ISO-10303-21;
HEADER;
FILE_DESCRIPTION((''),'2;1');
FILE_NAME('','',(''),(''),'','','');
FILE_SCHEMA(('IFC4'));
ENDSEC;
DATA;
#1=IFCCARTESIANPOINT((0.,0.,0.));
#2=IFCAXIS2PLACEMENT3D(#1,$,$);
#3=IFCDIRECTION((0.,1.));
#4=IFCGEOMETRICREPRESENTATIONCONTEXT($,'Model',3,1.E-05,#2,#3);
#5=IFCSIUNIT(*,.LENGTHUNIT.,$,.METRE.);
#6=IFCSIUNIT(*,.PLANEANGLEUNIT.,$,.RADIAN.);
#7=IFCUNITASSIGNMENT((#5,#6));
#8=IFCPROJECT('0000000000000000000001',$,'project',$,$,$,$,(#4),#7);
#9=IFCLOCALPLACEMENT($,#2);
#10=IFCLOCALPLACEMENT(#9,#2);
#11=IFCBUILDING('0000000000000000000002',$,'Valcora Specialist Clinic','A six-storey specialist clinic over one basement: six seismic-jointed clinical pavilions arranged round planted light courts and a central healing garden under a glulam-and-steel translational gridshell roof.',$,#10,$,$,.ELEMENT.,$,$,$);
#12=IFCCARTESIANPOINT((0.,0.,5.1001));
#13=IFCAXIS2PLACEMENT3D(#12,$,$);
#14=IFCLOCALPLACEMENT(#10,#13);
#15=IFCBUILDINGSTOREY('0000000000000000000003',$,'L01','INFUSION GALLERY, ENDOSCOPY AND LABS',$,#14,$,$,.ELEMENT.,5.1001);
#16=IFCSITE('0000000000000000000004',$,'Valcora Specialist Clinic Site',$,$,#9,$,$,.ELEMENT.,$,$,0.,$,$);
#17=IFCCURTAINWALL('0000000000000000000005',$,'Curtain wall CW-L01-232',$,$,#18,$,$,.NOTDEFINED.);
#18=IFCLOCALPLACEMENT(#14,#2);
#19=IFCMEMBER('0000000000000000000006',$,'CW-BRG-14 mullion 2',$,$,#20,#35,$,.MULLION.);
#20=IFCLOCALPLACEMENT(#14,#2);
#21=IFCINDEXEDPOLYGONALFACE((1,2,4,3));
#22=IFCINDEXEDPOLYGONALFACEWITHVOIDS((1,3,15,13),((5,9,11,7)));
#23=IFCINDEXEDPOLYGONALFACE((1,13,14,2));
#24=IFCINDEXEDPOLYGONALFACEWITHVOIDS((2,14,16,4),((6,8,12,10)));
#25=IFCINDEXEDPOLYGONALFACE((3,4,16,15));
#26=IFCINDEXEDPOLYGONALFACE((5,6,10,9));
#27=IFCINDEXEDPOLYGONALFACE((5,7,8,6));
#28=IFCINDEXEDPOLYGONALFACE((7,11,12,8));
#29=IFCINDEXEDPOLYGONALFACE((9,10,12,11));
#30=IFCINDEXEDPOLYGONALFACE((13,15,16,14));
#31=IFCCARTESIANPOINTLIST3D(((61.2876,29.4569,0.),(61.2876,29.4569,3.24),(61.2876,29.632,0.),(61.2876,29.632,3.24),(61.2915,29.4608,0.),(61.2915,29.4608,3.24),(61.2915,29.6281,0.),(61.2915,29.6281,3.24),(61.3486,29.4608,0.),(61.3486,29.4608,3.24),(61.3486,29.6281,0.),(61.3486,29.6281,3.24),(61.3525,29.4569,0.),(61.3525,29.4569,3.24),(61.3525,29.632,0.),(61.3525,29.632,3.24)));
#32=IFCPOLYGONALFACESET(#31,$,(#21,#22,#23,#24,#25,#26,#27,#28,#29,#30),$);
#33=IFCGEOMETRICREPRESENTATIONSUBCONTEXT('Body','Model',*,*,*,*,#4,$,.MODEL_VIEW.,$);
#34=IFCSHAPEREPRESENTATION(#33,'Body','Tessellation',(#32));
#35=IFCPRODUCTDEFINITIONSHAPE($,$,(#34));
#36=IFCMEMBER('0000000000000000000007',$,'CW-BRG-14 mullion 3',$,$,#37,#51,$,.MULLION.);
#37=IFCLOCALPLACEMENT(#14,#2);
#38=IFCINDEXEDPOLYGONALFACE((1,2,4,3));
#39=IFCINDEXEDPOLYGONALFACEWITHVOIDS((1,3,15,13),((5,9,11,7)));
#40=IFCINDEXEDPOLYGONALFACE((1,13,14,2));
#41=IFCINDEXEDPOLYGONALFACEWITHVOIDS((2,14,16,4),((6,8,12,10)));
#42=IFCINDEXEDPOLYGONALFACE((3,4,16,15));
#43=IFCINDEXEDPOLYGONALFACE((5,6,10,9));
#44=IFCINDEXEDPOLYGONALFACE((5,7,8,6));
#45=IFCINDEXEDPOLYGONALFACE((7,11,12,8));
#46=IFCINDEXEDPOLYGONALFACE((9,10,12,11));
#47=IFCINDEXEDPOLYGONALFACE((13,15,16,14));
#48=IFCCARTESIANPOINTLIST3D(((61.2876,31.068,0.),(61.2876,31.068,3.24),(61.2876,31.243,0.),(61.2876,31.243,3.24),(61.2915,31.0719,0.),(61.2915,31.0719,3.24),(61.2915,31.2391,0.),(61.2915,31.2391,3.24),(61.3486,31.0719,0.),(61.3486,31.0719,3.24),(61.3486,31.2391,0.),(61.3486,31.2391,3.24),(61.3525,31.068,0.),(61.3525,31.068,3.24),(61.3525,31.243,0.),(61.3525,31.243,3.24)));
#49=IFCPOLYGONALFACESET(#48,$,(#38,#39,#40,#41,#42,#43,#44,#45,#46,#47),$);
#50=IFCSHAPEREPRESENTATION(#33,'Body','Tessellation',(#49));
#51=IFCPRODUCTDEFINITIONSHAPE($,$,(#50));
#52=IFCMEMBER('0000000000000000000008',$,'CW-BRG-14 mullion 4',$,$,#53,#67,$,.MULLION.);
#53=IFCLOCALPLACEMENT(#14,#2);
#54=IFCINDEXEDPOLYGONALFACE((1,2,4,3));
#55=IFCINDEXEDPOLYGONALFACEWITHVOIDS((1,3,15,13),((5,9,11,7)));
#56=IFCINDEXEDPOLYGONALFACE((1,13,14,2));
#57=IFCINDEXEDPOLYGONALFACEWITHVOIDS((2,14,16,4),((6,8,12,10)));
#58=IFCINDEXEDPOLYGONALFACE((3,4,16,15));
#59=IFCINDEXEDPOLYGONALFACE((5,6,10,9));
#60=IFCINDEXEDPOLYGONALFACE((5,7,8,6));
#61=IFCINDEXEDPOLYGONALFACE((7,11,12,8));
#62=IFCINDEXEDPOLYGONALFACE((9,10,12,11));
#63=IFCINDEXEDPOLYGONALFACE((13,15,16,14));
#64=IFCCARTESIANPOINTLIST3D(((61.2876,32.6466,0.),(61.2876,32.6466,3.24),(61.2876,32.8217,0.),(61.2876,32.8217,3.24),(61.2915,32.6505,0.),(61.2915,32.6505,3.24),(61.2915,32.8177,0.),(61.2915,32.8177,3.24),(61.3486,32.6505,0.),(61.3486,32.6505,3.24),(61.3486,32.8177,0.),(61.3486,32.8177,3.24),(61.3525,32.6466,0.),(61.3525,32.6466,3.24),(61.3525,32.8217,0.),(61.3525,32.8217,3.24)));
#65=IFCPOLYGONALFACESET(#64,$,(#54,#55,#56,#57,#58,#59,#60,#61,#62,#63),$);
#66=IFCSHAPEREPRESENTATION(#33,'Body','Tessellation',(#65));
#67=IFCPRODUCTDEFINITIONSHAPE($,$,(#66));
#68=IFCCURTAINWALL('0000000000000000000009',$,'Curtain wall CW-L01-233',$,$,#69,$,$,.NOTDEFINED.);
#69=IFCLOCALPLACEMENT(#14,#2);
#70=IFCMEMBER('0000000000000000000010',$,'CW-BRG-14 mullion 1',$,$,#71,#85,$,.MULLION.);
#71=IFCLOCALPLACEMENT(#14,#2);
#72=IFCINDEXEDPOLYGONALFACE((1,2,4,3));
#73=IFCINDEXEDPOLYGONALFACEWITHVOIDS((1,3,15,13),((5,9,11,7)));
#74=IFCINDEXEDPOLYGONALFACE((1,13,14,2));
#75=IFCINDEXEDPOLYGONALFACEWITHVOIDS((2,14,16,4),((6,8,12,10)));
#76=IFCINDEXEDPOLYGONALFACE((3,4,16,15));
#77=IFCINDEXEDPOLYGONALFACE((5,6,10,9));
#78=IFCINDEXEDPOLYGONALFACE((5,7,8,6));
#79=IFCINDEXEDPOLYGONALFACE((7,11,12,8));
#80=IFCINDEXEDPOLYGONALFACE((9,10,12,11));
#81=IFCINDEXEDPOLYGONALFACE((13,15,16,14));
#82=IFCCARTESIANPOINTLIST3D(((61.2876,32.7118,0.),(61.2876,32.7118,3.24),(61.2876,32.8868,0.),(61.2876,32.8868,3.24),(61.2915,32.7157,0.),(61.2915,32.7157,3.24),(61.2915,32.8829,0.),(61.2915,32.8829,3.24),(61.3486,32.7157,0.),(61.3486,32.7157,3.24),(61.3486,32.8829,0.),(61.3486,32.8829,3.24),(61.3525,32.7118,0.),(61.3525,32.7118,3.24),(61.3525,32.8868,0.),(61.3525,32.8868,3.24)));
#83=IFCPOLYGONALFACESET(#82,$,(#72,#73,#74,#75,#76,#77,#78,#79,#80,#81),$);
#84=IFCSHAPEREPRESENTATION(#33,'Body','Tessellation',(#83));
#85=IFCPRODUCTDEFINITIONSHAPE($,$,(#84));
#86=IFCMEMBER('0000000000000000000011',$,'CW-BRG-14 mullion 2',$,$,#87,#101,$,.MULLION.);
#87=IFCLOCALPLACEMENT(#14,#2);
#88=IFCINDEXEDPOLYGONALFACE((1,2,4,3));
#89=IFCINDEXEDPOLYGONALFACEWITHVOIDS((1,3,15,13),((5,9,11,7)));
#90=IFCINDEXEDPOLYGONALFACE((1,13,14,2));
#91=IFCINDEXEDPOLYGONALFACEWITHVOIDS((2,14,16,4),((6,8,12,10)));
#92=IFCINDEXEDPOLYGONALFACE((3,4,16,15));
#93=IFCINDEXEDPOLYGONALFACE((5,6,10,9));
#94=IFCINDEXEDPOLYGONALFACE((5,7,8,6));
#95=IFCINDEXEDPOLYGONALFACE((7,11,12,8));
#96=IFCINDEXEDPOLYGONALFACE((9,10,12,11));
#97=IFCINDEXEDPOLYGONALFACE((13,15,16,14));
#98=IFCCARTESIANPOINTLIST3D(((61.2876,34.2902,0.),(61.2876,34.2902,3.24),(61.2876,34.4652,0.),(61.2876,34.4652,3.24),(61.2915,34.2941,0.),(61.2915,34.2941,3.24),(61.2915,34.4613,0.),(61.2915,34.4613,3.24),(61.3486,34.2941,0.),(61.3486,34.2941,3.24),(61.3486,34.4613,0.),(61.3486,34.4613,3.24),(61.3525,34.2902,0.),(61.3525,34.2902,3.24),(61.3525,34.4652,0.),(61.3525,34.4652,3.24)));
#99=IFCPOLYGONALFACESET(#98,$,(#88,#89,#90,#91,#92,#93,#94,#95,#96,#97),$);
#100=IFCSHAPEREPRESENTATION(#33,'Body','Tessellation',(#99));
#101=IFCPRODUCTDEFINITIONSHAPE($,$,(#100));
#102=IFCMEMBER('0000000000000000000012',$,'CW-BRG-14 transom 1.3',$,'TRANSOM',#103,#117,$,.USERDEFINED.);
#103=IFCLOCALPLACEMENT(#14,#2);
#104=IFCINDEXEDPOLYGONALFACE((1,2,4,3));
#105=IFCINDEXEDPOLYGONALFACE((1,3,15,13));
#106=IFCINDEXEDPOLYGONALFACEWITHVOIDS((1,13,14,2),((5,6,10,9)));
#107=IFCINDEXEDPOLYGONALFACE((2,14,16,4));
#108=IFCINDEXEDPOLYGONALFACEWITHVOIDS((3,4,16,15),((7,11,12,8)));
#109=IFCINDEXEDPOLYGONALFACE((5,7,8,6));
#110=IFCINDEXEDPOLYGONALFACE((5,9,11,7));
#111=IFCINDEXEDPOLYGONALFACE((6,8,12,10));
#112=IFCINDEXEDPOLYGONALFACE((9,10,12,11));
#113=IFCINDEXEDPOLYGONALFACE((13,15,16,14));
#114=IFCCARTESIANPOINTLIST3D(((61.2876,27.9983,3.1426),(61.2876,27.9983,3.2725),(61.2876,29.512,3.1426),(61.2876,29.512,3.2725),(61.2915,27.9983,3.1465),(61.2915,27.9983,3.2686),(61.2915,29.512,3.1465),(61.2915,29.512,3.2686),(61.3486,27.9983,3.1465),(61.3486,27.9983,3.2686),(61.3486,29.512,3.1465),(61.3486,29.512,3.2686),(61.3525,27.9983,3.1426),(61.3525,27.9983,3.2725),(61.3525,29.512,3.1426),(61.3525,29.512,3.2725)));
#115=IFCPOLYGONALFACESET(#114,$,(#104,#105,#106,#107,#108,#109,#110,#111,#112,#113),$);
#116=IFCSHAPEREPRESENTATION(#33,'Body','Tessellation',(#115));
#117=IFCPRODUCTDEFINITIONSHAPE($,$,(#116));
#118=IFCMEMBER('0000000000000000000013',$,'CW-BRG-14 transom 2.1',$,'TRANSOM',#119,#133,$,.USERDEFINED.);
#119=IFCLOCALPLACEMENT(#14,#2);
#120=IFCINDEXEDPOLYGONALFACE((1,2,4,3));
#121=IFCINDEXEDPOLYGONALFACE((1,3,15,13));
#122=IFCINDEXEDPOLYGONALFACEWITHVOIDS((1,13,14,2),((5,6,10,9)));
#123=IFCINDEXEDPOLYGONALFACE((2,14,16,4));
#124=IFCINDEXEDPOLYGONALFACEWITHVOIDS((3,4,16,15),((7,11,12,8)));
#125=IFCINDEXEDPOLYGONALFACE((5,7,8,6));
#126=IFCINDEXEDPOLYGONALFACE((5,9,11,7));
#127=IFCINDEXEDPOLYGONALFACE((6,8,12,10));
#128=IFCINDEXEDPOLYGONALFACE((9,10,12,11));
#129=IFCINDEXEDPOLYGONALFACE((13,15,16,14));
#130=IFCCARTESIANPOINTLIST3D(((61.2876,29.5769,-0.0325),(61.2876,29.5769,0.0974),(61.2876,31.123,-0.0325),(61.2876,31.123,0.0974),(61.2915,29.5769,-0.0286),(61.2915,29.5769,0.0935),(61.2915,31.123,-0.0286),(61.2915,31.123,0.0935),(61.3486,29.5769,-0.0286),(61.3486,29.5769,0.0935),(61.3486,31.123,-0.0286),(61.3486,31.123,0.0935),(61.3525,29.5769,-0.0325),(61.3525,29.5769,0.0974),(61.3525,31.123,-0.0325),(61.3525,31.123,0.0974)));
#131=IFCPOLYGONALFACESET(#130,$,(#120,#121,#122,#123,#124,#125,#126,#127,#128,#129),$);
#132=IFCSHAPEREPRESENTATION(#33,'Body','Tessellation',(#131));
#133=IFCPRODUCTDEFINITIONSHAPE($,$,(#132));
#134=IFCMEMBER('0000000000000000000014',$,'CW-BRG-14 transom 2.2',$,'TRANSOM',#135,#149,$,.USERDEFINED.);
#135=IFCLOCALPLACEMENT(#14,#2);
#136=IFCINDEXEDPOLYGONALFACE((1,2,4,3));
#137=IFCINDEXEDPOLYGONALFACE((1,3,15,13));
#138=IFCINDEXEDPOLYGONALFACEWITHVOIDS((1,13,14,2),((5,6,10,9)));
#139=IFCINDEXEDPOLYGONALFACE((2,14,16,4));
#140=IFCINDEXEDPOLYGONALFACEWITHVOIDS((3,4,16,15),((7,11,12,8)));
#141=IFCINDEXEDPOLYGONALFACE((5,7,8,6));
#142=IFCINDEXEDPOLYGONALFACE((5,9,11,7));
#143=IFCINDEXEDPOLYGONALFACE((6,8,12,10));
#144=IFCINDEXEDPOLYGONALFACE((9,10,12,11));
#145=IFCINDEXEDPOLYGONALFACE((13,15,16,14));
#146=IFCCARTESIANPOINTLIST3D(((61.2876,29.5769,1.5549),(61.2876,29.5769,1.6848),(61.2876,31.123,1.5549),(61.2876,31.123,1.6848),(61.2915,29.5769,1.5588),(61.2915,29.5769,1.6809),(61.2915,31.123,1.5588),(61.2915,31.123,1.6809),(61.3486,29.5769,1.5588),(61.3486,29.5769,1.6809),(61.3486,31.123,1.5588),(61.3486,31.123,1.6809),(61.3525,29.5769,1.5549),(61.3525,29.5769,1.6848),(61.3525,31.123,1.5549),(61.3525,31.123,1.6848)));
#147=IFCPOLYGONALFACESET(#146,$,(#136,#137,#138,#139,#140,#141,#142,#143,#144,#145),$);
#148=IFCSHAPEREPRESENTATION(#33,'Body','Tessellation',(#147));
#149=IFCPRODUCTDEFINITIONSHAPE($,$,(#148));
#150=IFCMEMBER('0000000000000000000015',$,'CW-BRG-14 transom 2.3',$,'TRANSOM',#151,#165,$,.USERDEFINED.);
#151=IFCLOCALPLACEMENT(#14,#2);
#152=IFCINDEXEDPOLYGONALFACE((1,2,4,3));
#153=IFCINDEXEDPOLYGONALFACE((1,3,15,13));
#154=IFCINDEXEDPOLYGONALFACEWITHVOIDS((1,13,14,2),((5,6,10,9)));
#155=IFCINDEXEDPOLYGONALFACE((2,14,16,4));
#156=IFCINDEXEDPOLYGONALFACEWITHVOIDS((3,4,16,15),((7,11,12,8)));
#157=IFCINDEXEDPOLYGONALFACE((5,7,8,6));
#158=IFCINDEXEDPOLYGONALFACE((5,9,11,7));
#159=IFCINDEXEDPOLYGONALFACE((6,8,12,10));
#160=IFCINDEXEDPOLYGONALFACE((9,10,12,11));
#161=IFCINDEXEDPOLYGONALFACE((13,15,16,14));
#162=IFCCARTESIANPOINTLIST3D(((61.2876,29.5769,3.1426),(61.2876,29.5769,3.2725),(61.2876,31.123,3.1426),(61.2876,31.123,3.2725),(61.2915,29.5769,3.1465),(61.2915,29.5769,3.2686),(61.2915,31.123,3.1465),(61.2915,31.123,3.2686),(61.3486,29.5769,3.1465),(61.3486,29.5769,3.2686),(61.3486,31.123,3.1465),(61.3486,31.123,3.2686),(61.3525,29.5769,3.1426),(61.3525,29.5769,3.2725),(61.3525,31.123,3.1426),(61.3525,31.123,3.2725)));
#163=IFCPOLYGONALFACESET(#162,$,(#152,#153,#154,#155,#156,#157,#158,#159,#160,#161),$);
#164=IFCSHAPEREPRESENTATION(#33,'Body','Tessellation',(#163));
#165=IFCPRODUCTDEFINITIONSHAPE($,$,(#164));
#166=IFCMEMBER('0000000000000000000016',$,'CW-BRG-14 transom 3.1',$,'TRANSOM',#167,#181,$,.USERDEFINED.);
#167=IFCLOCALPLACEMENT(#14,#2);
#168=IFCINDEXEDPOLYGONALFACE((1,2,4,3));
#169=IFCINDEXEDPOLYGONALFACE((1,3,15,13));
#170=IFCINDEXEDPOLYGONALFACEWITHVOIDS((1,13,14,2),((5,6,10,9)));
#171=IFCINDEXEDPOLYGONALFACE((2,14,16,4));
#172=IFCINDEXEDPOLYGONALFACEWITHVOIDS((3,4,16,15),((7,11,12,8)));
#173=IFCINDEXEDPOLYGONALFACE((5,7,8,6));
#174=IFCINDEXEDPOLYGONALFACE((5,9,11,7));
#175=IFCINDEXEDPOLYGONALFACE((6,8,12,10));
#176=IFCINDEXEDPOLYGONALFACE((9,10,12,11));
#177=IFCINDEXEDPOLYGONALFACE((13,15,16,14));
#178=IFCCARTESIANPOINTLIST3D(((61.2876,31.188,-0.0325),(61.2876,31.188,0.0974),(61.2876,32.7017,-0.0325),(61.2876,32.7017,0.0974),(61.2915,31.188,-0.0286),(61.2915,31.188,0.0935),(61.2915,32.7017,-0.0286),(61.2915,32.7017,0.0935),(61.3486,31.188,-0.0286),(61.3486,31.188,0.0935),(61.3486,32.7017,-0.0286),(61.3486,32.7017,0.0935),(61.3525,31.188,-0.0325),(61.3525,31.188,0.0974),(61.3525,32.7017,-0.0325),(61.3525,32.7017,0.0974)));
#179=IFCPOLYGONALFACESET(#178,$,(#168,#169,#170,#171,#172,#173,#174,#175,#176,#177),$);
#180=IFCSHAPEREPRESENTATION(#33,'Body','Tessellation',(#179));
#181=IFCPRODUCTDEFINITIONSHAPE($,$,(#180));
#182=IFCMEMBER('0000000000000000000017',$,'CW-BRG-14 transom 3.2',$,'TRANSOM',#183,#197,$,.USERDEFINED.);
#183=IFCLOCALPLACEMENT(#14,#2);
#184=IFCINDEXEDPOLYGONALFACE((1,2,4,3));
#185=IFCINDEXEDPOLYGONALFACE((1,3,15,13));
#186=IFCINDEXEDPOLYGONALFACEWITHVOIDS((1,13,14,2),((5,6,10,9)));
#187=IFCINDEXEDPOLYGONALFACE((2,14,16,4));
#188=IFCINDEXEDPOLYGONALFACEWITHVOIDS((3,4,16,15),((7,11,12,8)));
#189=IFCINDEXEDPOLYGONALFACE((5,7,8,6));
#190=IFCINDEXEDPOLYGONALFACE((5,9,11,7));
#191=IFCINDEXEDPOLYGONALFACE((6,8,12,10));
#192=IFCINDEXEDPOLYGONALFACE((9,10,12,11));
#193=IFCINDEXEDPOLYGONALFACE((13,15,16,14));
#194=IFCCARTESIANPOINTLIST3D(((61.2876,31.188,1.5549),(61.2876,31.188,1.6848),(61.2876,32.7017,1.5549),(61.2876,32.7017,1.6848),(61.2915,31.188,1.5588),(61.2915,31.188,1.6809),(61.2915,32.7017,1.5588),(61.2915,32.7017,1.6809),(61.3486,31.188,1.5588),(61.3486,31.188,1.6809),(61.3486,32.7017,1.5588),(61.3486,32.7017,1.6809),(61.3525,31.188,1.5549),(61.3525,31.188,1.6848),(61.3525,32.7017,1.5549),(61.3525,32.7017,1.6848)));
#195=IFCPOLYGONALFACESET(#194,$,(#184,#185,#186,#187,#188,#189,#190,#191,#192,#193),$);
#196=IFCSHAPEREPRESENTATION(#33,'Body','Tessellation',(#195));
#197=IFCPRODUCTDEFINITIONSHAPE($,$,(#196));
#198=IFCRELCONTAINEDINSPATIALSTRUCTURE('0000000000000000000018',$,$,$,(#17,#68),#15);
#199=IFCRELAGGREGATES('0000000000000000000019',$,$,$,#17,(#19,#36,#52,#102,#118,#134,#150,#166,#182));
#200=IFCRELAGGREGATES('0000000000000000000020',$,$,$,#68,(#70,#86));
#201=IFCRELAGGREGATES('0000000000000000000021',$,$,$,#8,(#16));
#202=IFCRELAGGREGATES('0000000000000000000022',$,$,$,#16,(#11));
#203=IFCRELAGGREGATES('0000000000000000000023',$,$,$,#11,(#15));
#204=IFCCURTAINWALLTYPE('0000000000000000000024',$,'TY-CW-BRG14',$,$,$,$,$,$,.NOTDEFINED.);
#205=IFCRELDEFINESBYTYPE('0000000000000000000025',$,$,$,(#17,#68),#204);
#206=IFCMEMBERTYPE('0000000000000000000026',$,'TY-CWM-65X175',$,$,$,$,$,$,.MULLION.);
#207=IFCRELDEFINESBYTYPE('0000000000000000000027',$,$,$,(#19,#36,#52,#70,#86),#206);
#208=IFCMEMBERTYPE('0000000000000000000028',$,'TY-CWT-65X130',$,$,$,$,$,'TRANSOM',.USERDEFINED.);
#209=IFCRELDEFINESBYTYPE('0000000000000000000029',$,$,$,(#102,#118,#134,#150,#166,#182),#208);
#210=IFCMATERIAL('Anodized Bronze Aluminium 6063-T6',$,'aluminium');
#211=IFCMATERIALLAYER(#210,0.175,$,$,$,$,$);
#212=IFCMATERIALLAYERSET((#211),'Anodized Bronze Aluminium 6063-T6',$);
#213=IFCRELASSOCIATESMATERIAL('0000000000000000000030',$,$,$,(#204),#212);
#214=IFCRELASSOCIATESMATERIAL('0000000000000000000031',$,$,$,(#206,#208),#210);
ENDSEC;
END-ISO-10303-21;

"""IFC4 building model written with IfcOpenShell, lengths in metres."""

from ifc_helpers import new_model, si_unit, direction, frame, origin, origin_2d, place, context, subcontext, project, spatial, hollow_rectangle, extrude, material, layer, layer_set, material_profile, profile_set, type_object, element, aggregate, save


model = new_model("IFC4")

# Units and contexts
model_context = context("Model", 3, precision=1e-05, world=origin(), true_north=direction((0.0, 1.0)))
body_context = subcontext(model_context, "Body", "Model", "MODEL_VIEW")
ifc_project = project(units=[si_unit("LENGTHUNIT", "METRE"), si_unit("PLANEANGLEUNIT", "RADIAN")], contexts=[model_context])

# Site, building, storey
site_placement = place(None, origin())
site = spatial("IfcSite", under=ifc_project, at=site_placement, Name="Valcora Specialist Clinic Site", CompositionType="ELEMENT", RefElevation=0.0)
building_placement = place(site_placement, origin())
building = spatial("IfcBuilding", under=site, at=building_placement, Name="Valcora Specialist Clinic", Description="A six-storey specialist clinic over one basement: six seismic-jointed clinical pavilions arranged round planted light courts and a central healing garden under a glulam-and-steel translational gridshell roof.", CompositionType="ELEMENT")
storey_placement = place(building_placement, frame((0.0, 0.0, 5.1001)))
storey = spatial("IfcBuildingStorey", under=building, at=storey_placement, Name="L01", Description="INFUSION GALLERY, ENDOSCOPY AND LABS", CompositionType="ELEMENT", Elevation=5.1001)

# Curtain walls, members
ifc_material_1 = material(Name="Anodized Bronze Aluminium 6063-T6", Category="aluminium")
ifc_layer_1 = layer(ifc_material_1, 0.175)
ifc_layer_set_1 = layer_set([ifc_layer_1], Name="Anodized Bronze Aluminium 6063-T6")
curtain_wall_type = type_object("IfcCurtainWallType", Name="TY-CW-BRG14", PredefinedType="NOTDEFINED", material=ifc_layer_set_1)
curtain_wall_1_placement = place(storey_placement, origin())
curtain_wall_1 = element("IfcCurtainWall", 1, at=curtain_wall_1_placement, inside=storey, type_object=curtain_wall_type, Name="Curtain wall CW-L01-232", PredefinedType="NOTDEFINED")
ifc_material_profile_1 = material_profile(ifc_material_1, hollow_rectangle(XDim=0.0649, YDim=0.175, WallThickness=0.0039, at=origin_2d()), Name="AL-MUL-65X175")
ifc_profile_set_1 = profile_set([ifc_material_profile_1], Name="Anodized Bronze Aluminium 6063-T6")
member_type_1 = type_object("IfcMemberType", Name="TY-CWM-65X175", PredefinedType="MULLION", material=ifc_profile_set_1)
member_1_placement = place(storey_placement, frame((61.3201, 29.5444, 0.0), z_axis=(0.0, 0.0, 1.0), x_axis=(-1.0, 0.0, 0.0)))
member_1 = element("IfcMember", 2, at=member_1_placement, type_object=member_type_1, Name="CW-BRG-14 mullion 2", PredefinedType="MULLION", context=body_context, shape_type="SweptSolid", body=[
    extrude(hollow_rectangle(XDim=0.0649, YDim=0.175, WallThickness=0.0039, at=origin_2d()), origin(), (0.0, 0.0, 1.0), 3.24),
])
member_2_placement = place(storey_placement, frame((61.3201, 31.1555, 0.0), z_axis=(0.0, 0.0, 1.0), x_axis=(-1.0, 0.0, 0.0)))
member_2 = element("IfcMember", 3, at=member_2_placement, type_object=member_type_1, Name="CW-BRG-14 mullion 3", PredefinedType="MULLION", context=body_context, shape_type="SweptSolid", body=[
    extrude(hollow_rectangle(XDim=0.0649, YDim=0.175, WallThickness=0.0039, at=origin_2d()), origin(), (0.0, 0.0, 1.0), 3.24),
])
member_3_placement = place(storey_placement, frame((61.3201, 32.7341, 0.0), z_axis=(0.0, 0.0, 1.0), x_axis=(-1.0, 0.0, 0.0)))
member_3 = element("IfcMember", 4, at=member_3_placement, type_object=member_type_1, Name="CW-BRG-14 mullion 4", PredefinedType="MULLION", context=body_context, shape_type="SweptSolid", body=[
    extrude(hollow_rectangle(XDim=0.0649, YDim=0.175, WallThickness=0.0039, at=origin_2d()), origin(), (0.0, 0.0, 1.0), 3.24),
])
curtain_wall_2_placement = place(storey_placement, origin())
curtain_wall_2 = element("IfcCurtainWall", 5, at=curtain_wall_2_placement, inside=storey, type_object=curtain_wall_type, Name="Curtain wall CW-L01-233", PredefinedType="NOTDEFINED")
member_4_placement = place(storey_placement, frame((61.3201, 32.7993, 0.0), z_axis=(0.0, 0.0, 1.0), x_axis=(-1.0, 0.0, 0.0)))
member_4 = element("IfcMember", 6, at=member_4_placement, type_object=member_type_1, Name="CW-BRG-14 mullion 1", PredefinedType="MULLION", context=body_context, shape_type="SweptSolid", body=[
    extrude(hollow_rectangle(XDim=0.0649, YDim=0.175, WallThickness=0.0039, at=origin_2d()), origin(), (0.0, 0.0, 1.0), 3.24),
])
member_5_placement = place(storey_placement, frame((61.3201, 34.3777, 0.0), z_axis=(0.0, 0.0, 1.0), x_axis=(-1.0, 0.0, 0.0)))
member_5 = element("IfcMember", 7, at=member_5_placement, type_object=member_type_1, Name="CW-BRG-14 mullion 2", PredefinedType="MULLION", context=body_context, shape_type="SweptSolid", body=[
    extrude(hollow_rectangle(XDim=0.0649, YDim=0.175, WallThickness=0.0039, at=origin_2d()), origin(), (0.0, 0.0, 1.0), 3.24),
])

# Members
ifc_material_profile_2 = material_profile(ifc_material_1, hollow_rectangle(XDim=0.0649, YDim=0.1299, WallThickness=0.0039, at=origin_2d()), Name="AL-TRN-65X130")
ifc_profile_set_2 = profile_set([ifc_material_profile_2], Name="Anodized Bronze Aluminium 6063-T6")
member_type_2 = type_object("IfcMemberType", Name="TY-CWT-65X130", ElementType="TRANSOM", PredefinedType="USERDEFINED", material=ifc_profile_set_2)
member_6_placement = place(storey_placement, frame((61.3201, 27.9983, 3.2075), z_axis=(0.0, 1.0, 0.0), x_axis=(-1.0, 0.0, 0.0)))
member_6 = element("IfcMember", 8, at=member_6_placement, type_object=member_type_2, Name="CW-BRG-14 transom 1.3", ObjectType="TRANSOM", PredefinedType="USERDEFINED", context=body_context, shape_type="SweptSolid", body=[
    extrude(hollow_rectangle(XDim=0.0649, YDim=0.1299, WallThickness=0.0039, at=origin_2d()), origin(), (0.0, 0.0, 1.0), 1.5137),
])
member_7_placement = place(storey_placement, frame((61.3201, 29.5769, 0.0325), z_axis=(0.0, 1.0, 0.0), x_axis=(-1.0, 0.0, 0.0)))
member_7 = element("IfcMember", 9, at=member_7_placement, type_object=member_type_2, Name="CW-BRG-14 transom 2.1", ObjectType="TRANSOM", PredefinedType="USERDEFINED", context=body_context, shape_type="SweptSolid", body=[
    extrude(hollow_rectangle(XDim=0.0649, YDim=0.1299, WallThickness=0.0039, at=origin_2d()), origin(), (0.0, 0.0, 1.0), 1.5461),
])
member_8_placement = place(storey_placement, frame((61.3201, 29.5769, 1.6199), z_axis=(0.0, 1.0, 0.0), x_axis=(-1.0, 0.0, 0.0)))
member_8 = element("IfcMember", 10, at=member_8_placement, type_object=member_type_2, Name="CW-BRG-14 transom 2.2", ObjectType="TRANSOM", PredefinedType="USERDEFINED", context=body_context, shape_type="SweptSolid", body=[
    extrude(hollow_rectangle(XDim=0.0649, YDim=0.1299, WallThickness=0.0039, at=origin_2d()), origin(), (0.0, 0.0, 1.0), 1.5461),
])
member_9_placement = place(storey_placement, frame((61.3201, 29.5769, 3.2075), z_axis=(0.0, 1.0, 0.0), x_axis=(-1.0, 0.0, 0.0)))
member_9 = element("IfcMember", 11, at=member_9_placement, type_object=member_type_2, Name="CW-BRG-14 transom 2.3", ObjectType="TRANSOM", PredefinedType="USERDEFINED", context=body_context, shape_type="SweptSolid", body=[
    extrude(hollow_rectangle(XDim=0.0649, YDim=0.1299, WallThickness=0.0039, at=origin_2d()), origin(), (0.0, 0.0, 1.0), 1.5461),
])
member_10_placement = place(storey_placement, frame((61.3201, 31.188, 0.0325), z_axis=(0.0, 1.0, 0.0), x_axis=(-1.0, 0.0, 0.0)))
member_10 = element("IfcMember", 12, at=member_10_placement, type_object=member_type_2, Name="CW-BRG-14 transom 3.1", ObjectType="TRANSOM", PredefinedType="USERDEFINED", context=body_context, shape_type="SweptSolid", body=[
    extrude(hollow_rectangle(XDim=0.0649, YDim=0.1299, WallThickness=0.0039, at=origin_2d()), origin(), (0.0, 0.0, 1.0), 1.5137),
])
member_11_placement = place(storey_placement, frame((61.3201, 31.188, 1.6199), z_axis=(0.0, 1.0, 0.0), x_axis=(-1.0, 0.0, 0.0)))
member_11 = element("IfcMember", 13, at=member_11_placement, type_object=member_type_2, Name="CW-BRG-14 transom 3.2", ObjectType="TRANSOM", PredefinedType="USERDEFINED", context=body_context, shape_type="SweptSolid", body=[
    extrude(hollow_rectangle(XDim=0.0649, YDim=0.1299, WallThickness=0.0039, at=origin_2d()), origin(), (0.0, 0.0, 1.0), 1.5137),
])

aggregate(curtain_wall_1, [member_1, member_2, member_3, member_6, member_7, member_8, member_9, member_10, member_11])
aggregate(curtain_wall_2, [member_4, member_5])

save(model, "model.ifc")
